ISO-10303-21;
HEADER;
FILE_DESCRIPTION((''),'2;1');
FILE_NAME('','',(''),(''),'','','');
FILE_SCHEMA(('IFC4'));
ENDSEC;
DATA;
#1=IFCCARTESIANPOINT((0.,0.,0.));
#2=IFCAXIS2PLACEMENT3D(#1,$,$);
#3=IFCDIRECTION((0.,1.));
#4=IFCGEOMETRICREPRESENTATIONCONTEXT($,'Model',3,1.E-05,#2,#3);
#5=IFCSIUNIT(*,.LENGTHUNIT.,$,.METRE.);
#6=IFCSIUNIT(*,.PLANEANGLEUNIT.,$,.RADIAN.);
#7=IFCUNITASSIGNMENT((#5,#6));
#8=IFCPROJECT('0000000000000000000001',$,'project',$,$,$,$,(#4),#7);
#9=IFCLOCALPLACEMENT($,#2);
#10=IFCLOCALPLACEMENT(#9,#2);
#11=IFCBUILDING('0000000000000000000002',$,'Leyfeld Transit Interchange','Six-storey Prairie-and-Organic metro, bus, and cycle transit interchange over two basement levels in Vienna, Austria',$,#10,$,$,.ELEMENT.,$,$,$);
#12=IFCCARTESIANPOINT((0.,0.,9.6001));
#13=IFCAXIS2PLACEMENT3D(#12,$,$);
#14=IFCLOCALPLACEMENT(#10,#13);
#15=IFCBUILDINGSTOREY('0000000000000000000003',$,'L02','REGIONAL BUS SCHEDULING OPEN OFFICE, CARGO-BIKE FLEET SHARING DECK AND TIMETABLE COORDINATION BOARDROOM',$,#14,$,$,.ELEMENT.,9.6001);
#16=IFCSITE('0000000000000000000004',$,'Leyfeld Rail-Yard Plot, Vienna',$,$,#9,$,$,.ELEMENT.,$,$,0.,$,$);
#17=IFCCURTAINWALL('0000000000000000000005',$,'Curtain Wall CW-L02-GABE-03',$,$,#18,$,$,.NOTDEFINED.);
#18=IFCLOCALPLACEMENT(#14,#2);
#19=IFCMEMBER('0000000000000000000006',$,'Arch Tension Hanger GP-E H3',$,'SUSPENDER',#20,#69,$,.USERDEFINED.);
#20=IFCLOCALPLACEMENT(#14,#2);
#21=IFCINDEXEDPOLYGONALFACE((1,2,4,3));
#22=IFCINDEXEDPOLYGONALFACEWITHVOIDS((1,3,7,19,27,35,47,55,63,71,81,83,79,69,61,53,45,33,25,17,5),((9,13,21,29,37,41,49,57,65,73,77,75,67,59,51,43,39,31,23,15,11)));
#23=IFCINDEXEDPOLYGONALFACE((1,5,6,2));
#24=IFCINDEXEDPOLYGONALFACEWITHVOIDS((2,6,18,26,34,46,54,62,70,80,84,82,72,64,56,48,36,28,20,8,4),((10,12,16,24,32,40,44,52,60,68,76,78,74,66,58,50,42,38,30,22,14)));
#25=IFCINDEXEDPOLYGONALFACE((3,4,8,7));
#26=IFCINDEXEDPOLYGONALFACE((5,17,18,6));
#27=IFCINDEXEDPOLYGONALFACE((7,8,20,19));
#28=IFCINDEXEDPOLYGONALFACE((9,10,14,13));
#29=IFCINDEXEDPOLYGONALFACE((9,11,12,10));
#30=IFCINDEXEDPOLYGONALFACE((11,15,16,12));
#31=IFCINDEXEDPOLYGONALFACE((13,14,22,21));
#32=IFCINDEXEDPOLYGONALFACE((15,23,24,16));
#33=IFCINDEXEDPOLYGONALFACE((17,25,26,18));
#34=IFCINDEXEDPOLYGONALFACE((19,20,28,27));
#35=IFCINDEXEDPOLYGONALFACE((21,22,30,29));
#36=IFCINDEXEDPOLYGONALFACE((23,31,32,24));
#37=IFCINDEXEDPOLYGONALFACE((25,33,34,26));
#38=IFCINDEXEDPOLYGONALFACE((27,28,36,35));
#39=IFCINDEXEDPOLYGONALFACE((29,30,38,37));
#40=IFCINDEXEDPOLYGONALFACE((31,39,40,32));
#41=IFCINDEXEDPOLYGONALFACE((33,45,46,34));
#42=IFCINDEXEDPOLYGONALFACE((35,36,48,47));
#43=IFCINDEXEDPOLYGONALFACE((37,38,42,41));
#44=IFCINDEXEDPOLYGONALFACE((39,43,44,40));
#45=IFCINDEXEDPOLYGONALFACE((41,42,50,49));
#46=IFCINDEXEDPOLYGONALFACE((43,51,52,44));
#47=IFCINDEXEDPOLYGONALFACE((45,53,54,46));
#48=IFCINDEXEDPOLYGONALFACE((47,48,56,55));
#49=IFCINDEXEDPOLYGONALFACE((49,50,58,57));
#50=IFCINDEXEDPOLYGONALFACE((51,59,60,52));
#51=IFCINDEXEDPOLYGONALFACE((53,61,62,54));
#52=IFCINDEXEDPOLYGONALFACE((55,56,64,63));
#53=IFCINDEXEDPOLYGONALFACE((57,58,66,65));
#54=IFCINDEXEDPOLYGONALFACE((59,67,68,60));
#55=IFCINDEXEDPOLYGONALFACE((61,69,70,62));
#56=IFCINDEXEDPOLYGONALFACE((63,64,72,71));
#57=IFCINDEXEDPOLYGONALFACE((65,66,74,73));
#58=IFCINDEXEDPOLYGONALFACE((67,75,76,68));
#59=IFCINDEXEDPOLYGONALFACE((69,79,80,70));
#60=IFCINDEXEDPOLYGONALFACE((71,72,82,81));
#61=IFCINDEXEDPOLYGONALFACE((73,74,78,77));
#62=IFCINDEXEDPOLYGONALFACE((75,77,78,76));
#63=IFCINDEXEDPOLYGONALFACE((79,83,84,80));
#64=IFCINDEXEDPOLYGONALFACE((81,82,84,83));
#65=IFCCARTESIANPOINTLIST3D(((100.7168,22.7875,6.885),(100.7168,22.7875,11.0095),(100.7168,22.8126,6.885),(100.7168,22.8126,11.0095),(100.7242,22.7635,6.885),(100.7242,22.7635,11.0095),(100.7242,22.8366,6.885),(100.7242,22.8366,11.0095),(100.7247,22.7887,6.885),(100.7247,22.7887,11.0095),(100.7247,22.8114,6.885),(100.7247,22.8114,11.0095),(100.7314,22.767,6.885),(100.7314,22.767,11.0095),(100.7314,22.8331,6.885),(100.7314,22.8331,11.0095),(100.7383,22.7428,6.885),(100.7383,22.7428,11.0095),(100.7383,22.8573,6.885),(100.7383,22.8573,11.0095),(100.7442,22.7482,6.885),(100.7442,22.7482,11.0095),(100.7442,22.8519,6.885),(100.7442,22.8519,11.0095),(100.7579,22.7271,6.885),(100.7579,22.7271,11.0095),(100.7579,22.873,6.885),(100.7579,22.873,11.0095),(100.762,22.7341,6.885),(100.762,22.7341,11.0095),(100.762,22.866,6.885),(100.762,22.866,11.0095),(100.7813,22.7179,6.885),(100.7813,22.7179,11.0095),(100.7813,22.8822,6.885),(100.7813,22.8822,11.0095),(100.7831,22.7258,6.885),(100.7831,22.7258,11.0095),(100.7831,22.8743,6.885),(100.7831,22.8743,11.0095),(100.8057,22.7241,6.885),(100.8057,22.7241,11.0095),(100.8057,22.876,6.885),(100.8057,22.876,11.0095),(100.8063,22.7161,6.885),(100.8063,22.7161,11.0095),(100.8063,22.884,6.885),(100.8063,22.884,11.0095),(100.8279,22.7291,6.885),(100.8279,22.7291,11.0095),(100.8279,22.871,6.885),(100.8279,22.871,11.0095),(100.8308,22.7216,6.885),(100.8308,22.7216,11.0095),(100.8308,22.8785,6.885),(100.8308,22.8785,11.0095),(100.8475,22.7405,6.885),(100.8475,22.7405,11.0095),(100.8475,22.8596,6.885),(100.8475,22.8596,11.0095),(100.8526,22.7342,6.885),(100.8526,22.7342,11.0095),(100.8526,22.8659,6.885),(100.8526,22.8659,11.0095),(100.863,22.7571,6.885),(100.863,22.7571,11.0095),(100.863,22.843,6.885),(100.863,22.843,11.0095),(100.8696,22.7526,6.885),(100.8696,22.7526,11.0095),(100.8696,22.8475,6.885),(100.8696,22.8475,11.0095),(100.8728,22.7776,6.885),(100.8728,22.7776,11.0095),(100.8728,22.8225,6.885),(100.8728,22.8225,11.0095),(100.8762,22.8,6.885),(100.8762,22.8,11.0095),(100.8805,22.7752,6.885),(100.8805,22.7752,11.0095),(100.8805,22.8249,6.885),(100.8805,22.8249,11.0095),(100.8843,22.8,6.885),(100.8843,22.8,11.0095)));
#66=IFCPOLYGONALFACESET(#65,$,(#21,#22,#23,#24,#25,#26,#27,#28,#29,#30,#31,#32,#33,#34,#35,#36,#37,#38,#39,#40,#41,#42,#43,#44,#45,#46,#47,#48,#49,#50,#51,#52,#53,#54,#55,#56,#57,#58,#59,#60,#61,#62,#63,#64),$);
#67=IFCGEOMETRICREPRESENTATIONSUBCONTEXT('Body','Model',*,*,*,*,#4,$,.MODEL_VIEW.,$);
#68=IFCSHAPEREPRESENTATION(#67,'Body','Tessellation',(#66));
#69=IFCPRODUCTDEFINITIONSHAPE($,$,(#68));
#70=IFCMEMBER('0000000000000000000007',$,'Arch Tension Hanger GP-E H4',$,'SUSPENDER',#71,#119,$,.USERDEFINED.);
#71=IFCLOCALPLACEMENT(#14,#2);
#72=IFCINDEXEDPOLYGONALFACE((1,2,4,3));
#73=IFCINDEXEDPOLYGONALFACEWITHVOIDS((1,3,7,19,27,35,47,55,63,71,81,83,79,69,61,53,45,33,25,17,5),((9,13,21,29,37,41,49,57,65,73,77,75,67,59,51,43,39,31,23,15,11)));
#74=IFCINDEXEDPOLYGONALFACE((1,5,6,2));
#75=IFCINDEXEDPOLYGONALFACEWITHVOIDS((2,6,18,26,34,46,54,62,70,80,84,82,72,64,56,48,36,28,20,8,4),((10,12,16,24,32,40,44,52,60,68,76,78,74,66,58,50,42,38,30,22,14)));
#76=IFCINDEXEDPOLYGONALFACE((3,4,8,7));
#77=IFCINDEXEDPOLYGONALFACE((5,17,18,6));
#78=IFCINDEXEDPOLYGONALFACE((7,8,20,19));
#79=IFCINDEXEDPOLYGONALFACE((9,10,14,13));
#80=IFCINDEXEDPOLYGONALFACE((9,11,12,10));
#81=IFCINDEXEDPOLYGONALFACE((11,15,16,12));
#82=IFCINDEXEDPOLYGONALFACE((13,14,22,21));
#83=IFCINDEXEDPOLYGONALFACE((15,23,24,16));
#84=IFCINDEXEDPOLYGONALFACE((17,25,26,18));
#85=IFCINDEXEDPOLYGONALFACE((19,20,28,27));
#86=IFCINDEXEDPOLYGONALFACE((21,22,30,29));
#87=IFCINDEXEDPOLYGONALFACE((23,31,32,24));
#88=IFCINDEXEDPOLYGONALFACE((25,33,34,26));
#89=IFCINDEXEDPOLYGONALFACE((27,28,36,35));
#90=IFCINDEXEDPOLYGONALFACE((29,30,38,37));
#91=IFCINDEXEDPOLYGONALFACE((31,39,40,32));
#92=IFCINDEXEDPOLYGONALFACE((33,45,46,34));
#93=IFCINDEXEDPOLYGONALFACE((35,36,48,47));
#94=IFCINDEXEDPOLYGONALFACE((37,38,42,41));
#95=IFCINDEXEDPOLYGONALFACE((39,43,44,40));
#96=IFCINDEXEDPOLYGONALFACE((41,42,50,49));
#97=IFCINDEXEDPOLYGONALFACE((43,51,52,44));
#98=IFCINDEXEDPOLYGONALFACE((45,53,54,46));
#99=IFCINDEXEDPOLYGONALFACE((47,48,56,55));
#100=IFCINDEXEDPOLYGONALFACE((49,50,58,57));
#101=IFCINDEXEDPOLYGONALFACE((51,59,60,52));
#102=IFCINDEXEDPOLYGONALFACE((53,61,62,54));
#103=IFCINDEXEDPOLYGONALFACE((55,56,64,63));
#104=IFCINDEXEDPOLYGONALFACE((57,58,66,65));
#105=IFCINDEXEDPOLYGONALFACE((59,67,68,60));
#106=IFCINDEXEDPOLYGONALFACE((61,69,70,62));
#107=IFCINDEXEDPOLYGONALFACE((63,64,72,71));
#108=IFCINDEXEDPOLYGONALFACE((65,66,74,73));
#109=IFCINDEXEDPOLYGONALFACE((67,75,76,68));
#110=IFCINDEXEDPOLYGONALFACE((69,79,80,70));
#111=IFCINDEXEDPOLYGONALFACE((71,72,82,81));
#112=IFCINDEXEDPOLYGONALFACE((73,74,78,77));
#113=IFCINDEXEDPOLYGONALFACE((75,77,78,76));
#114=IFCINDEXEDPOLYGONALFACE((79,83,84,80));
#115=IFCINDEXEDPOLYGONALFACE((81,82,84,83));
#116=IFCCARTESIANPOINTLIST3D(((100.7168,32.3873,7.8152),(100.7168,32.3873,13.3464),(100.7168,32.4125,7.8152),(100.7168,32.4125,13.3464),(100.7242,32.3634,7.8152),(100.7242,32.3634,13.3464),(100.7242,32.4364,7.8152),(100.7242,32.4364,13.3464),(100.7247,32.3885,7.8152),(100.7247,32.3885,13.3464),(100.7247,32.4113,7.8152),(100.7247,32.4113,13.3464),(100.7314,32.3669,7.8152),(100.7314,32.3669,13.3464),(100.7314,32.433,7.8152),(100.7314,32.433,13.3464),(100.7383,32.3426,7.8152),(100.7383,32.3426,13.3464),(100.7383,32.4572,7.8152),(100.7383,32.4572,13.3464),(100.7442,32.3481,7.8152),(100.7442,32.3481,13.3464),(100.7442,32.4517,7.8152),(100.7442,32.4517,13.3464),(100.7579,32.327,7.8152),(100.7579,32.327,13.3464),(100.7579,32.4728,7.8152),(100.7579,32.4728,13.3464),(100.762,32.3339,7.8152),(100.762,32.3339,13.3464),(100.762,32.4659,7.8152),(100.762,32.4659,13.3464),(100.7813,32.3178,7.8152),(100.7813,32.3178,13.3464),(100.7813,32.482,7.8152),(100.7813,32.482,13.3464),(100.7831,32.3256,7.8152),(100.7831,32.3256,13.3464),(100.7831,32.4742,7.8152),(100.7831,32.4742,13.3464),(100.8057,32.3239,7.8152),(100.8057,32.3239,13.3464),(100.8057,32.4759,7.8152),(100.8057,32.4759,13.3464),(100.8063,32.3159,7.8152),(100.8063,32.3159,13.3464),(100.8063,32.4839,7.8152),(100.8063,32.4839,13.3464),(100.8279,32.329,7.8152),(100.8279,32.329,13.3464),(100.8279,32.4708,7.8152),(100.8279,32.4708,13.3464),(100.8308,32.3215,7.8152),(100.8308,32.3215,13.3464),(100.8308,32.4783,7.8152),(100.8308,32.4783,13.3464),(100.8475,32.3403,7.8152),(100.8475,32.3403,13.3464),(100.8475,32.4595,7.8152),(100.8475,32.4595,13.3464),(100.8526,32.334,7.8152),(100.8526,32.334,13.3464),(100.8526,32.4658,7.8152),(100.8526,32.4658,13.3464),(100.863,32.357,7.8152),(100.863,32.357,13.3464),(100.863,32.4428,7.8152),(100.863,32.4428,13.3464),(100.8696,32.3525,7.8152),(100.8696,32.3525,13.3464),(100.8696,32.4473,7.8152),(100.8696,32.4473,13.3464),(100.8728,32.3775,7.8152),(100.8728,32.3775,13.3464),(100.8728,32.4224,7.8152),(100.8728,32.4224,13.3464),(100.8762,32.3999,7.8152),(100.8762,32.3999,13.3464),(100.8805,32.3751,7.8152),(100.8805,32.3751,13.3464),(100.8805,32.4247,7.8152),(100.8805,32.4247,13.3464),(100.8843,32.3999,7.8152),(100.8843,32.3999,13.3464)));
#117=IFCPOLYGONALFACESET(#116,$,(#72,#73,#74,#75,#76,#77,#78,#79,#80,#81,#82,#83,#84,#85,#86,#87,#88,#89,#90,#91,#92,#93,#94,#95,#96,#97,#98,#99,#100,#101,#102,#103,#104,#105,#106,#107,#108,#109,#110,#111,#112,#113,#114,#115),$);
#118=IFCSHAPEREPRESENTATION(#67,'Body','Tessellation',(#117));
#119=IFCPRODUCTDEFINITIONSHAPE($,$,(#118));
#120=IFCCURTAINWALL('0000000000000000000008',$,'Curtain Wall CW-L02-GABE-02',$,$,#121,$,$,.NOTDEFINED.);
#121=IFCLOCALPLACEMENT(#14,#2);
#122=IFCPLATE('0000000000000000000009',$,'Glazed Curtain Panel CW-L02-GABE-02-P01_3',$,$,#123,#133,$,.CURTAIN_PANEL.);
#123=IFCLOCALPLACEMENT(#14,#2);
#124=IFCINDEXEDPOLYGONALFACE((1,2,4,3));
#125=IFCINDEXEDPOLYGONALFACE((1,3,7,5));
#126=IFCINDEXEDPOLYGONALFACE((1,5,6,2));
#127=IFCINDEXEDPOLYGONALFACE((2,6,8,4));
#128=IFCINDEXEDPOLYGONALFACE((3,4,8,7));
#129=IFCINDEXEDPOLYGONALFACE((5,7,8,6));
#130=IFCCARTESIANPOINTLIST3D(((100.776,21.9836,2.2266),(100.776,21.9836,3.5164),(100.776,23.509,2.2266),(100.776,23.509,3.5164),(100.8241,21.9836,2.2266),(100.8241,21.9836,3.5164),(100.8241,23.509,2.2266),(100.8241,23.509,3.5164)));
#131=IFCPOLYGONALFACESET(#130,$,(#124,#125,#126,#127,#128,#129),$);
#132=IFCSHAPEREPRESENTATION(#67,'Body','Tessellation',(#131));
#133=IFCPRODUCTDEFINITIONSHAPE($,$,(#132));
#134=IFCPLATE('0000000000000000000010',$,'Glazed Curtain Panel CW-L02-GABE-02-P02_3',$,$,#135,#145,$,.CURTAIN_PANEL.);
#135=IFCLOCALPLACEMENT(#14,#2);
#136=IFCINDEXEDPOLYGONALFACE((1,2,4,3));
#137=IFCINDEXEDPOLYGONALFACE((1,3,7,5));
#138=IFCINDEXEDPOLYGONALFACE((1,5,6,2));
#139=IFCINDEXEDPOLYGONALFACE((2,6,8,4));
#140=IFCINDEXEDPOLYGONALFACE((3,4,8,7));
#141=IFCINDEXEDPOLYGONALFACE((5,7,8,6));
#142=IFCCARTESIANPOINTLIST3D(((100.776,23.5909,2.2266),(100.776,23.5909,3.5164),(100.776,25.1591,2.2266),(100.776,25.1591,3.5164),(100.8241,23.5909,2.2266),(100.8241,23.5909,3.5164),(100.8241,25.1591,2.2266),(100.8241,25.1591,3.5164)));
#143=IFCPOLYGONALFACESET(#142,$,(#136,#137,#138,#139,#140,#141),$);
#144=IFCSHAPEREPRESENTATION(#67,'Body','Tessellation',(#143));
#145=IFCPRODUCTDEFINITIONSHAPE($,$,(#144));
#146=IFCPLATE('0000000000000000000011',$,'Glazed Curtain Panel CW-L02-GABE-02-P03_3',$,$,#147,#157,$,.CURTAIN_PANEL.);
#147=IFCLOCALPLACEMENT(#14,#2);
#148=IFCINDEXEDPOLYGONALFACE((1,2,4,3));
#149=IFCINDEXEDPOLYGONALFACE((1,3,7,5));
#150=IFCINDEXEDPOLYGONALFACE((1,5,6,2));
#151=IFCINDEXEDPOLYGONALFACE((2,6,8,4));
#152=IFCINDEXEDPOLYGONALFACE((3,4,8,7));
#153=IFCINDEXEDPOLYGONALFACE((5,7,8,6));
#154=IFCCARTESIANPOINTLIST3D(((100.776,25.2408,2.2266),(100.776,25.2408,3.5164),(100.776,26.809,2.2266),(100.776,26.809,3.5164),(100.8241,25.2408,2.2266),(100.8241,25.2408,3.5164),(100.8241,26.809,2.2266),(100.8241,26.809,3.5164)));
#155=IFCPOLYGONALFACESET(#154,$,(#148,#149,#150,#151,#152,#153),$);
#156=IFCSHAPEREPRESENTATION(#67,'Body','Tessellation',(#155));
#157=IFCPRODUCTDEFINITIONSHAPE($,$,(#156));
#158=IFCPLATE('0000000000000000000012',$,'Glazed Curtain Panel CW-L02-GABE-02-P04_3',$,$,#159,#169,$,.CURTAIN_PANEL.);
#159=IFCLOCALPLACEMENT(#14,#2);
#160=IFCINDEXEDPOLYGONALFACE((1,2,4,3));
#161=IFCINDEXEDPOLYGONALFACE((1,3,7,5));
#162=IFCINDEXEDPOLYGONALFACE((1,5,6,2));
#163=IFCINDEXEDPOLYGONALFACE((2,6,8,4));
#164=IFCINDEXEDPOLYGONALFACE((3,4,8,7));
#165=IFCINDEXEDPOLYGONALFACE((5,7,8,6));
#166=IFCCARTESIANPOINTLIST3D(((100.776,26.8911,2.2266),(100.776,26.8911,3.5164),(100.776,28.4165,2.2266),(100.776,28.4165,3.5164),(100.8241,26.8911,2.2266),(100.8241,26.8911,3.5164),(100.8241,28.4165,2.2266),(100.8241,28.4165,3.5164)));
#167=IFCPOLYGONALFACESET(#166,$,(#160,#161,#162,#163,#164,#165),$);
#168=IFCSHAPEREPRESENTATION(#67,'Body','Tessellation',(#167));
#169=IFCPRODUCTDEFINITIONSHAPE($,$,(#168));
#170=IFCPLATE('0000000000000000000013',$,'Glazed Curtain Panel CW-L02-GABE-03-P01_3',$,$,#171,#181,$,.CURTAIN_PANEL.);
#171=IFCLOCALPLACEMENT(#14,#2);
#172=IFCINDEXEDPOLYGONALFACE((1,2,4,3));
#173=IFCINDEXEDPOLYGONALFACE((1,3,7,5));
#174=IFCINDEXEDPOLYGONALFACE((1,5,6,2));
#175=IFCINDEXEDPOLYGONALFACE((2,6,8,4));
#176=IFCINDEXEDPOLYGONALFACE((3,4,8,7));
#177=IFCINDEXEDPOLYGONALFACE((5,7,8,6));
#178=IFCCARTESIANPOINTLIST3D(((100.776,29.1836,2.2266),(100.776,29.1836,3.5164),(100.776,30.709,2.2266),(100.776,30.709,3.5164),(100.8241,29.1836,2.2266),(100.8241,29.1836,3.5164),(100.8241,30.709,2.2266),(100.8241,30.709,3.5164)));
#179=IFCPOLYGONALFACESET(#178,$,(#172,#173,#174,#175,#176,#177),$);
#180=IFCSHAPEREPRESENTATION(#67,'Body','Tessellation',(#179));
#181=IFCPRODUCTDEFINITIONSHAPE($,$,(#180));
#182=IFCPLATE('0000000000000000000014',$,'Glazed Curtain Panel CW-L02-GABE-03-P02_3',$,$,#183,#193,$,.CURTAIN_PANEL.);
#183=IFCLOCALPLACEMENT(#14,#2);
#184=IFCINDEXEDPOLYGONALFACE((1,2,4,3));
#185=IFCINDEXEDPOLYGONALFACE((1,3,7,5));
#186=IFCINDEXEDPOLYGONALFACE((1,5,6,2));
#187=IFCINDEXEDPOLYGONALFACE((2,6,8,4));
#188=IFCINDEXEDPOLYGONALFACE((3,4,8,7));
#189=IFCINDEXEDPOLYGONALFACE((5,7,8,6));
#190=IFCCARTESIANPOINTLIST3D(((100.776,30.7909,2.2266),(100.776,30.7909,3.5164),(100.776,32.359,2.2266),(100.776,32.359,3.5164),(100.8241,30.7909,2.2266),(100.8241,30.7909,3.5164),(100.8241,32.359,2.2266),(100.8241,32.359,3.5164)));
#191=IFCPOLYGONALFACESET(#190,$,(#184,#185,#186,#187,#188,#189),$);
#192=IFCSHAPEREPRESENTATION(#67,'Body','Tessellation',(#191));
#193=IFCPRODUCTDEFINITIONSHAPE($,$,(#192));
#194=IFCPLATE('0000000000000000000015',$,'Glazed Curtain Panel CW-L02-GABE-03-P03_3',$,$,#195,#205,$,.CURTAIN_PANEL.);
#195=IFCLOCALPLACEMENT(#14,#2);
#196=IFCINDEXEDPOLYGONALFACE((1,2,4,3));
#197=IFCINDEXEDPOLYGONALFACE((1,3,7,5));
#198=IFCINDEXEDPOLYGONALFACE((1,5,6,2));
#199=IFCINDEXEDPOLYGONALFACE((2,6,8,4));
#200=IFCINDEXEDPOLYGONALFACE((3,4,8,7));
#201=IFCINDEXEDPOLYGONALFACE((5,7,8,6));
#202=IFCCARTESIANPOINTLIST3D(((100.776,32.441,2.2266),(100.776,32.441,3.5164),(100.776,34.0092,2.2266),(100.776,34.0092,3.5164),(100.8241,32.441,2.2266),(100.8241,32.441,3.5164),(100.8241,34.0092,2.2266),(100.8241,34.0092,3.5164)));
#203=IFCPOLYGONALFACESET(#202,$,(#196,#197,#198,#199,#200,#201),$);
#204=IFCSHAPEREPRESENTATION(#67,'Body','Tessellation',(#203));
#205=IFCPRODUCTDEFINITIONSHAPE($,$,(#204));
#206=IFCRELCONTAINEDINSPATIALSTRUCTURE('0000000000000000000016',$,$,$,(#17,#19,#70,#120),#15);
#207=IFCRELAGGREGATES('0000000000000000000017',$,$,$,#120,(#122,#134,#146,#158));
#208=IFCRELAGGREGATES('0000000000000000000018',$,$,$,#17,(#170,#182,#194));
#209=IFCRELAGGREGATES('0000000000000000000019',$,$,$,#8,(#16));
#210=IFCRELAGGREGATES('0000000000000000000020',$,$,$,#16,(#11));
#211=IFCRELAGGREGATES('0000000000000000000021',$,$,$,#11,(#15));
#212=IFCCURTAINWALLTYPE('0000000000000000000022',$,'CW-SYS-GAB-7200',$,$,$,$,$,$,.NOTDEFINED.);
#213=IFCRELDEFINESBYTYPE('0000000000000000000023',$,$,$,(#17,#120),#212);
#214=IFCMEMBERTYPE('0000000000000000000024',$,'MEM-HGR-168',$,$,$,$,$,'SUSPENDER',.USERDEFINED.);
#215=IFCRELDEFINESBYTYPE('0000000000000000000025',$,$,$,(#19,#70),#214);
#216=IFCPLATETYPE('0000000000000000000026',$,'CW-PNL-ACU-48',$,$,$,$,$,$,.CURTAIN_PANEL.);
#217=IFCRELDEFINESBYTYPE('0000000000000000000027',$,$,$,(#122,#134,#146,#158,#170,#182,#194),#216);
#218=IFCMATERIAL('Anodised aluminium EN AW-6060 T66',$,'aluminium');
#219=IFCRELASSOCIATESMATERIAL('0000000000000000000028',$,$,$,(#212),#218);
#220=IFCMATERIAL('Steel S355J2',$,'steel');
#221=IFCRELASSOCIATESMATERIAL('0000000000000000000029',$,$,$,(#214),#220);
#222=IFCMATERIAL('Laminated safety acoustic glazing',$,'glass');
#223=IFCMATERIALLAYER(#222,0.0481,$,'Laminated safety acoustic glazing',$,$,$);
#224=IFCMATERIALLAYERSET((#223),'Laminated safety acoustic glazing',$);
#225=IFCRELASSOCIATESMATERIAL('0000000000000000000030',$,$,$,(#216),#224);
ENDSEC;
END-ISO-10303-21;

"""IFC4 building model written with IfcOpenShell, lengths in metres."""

from ifc_helpers import new_model, si_unit, direction, frame, origin, origin_2d, place, context, subcontext, project, spatial, rectangle, hollow_circle, extrude, material, layer, layer_set, material_profile, profile_set, type_object, element, aggregate, save


model = new_model("IFC4")

# Units and contexts
model_context = context("Model", 3, precision=1e-05, world=origin(), true_north=direction((0.0, 1.0)))
body_context = subcontext(model_context, "Body", "Model", "MODEL_VIEW")
ifc_project = project(units=[si_unit("LENGTHUNIT", "METRE"), si_unit("PLANEANGLEUNIT", "RADIAN")], contexts=[model_context])

# Site, building, storey
site_placement = place(None, origin())
site = spatial("IfcSite", under=ifc_project, at=site_placement, Name="Leyfeld Rail-Yard Plot, Vienna", CompositionType="ELEMENT", RefElevation=0.0)
building_placement = place(site_placement, origin())
building = spatial("IfcBuilding", under=site, at=building_placement, Name="Leyfeld Transit Interchange", Description="Six-storey Prairie-and-Organic metro, bus, and cycle transit interchange over two basement levels in Vienna, Austria", CompositionType="ELEMENT")
storey_placement = place(building_placement, frame((0.0, 0.0, 9.6001)))
storey = spatial("IfcBuildingStorey", under=building, at=storey_placement, Name="L02", Description="REGIONAL BUS SCHEDULING OPEN OFFICE, CARGO-BIKE FLEET SHARING DECK AND TIMETABLE COORDINATION BOARDROOM", CompositionType="ELEMENT", Elevation=9.6001)

# Curtain wall
ifc_material_1 = material(Name="Anodised aluminium EN AW-6060 T66", Category="aluminium")
curtain_wall_type = type_object("IfcCurtainWallType", Name="CW-SYS-GAB-7200", PredefinedType="NOTDEFINED", material=ifc_material_1)
curtain_wall_1_placement = place(storey_placement, origin())
curtain_wall_1 = element("IfcCurtainWall", 1, at=curtain_wall_1_placement, inside=storey, type_object=curtain_wall_type, Name="Curtain Wall CW-L02-GABE-03", PredefinedType="NOTDEFINED")

# Members
ifc_material_2 = material(Name="Steel S355J2", Category="steel")
ifc_material_profile_1 = material_profile(ifc_material_2, hollow_circle(Radius=0.0842, WallThickness=0.0081, at=origin_2d()), Name="CHS 168.3x8")
ifc_profile_set_1 = profile_set([ifc_material_profile_1], Name="Steel S355J2")
member_type_1 = type_object("IfcMemberType", Name="MEM-HGR-168", ElementType="SUSPENDER", PredefinedType="USERDEFINED", material=ifc_profile_set_1)
member_1_placement = place(storey_placement, frame((100.8, 22.8, 6.885), z_axis=(0.0, 0.0, 1.0), x_axis=(1.0, 0.0, 0.0)))
element("IfcMember", 2, at=member_1_placement, inside=storey, type_object=member_type_1, Name="Arch Tension Hanger GP-E H3", ObjectType="SUSPENDER", PredefinedType="USERDEFINED", context=body_context, shape_type="SweptSolid", body=[
    extrude(hollow_circle(Radius=0.0842, WallThickness=0.0081, at=origin_2d()), origin(), (0.0, 0.0, 1.0), 4.1245),
])
member_2_placement = place(storey_placement, frame((100.8, 32.3999, 7.8152), z_axis=(0.0, 0.0, 1.0), x_axis=(1.0, 0.0, 0.0)))
element("IfcMember", 3, at=member_2_placement, inside=storey, type_object=member_type_1, Name="Arch Tension Hanger GP-E H4", ObjectType="SUSPENDER", PredefinedType="USERDEFINED", context=body_context, shape_type="SweptSolid", body=[
    extrude(hollow_circle(Radius=0.0842, WallThickness=0.0081, at=origin_2d()), origin(), (0.0, 0.0, 1.0), 5.5312),
])

# Curtain wall, plates
curtain_wall_2_placement = place(storey_placement, origin())
curtain_wall_2 = element("IfcCurtainWall", 4, at=curtain_wall_2_placement, inside=storey, type_object=curtain_wall_type, Name="Curtain Wall CW-L02-GABE-02", PredefinedType="NOTDEFINED")
ifc_material_3 = material(Name="Laminated safety acoustic glazing", Category="glass")
ifc_layer_1 = layer(ifc_material_3, 0.0481, Name="Laminated safety acoustic glazing")
ifc_layer_set_1 = layer_set([ifc_layer_1], Name="Laminated safety acoustic glazing")
plate_type_1 = type_object("IfcPlateType", Name="CW-PNL-ACU-48", PredefinedType="CURTAIN_PANEL", material=ifc_layer_set_1)
plate_1_placement = place(storey_placement, frame((100.8, 22.7463, 2.2266), z_axis=(0.0, 0.0, 1.0), x_axis=(0.0, 1.0, 0.0)))
plate_1 = element("IfcPlate", 5, at=plate_1_placement, type_object=plate_type_1, Name="Glazed Curtain Panel CW-L02-GABE-02-P01_3", PredefinedType="CURTAIN_PANEL", context=body_context, shape_type="SweptSolid", body=[
    extrude(rectangle(XDim=1.5254, YDim=0.0481, at=origin_2d()), origin(), (0.0, 0.0, 1.0), 1.2898),
])
plate_2_placement = place(storey_placement, frame((100.8, 24.375, 2.2266), z_axis=(0.0, 0.0, 1.0), x_axis=(0.0, 1.0, 0.0)))
plate_2 = element("IfcPlate", 6, at=plate_2_placement, type_object=plate_type_1, Name="Glazed Curtain Panel CW-L02-GABE-02-P02_3", PredefinedType="CURTAIN_PANEL", context=body_context, shape_type="SweptSolid", body=[
    extrude(rectangle(XDim=1.5681, YDim=0.0481, at=origin_2d()), origin(), (0.0, 0.0, 1.0), 1.2898),
])
plate_3_placement = place(storey_placement, frame((100.8, 26.0249, 2.2266), z_axis=(0.0, 0.0, 1.0), x_axis=(0.0, 1.0, 0.0)))
plate_3 = element("IfcPlate", 7, at=plate_3_placement, type_object=plate_type_1, Name="Glazed Curtain Panel CW-L02-GABE-02-P03_3", PredefinedType="CURTAIN_PANEL", context=body_context, shape_type="SweptSolid", body=[
    extrude(rectangle(XDim=1.5681, YDim=0.0481, at=origin_2d()), origin(), (0.0, 0.0, 1.0), 1.2898),
])
plate_4_placement = place(storey_placement, frame((100.8, 27.6538, 2.2266), z_axis=(0.0, 0.0, 1.0), x_axis=(0.0, 1.0, 0.0)))
plate_4 = element("IfcPlate", 8, at=plate_4_placement, type_object=plate_type_1, Name="Glazed Curtain Panel CW-L02-GABE-02-P04_3", PredefinedType="CURTAIN_PANEL", context=body_context, shape_type="SweptSolid", body=[
    extrude(rectangle(XDim=1.5254, YDim=0.0481, at=origin_2d()), origin(), (0.0, 0.0, 1.0), 1.2898),
])
aggregate(curtain_wall_2, [plate_1, plate_2, plate_3, plate_4])

# Plates
plate_5_placement = place(storey_placement, frame((100.8, 29.9463, 2.2266), z_axis=(0.0, 0.0, 1.0), x_axis=(0.0, 1.0, 0.0)))
plate_5 = element("IfcPlate", 9, at=plate_5_placement, type_object=plate_type_1, Name="Glazed Curtain Panel CW-L02-GABE-03-P01_3", PredefinedType="CURTAIN_PANEL", context=body_context, shape_type="SweptSolid", body=[
    extrude(rectangle(XDim=1.5254, YDim=0.0481, at=origin_2d()), origin(), (0.0, 0.0, 1.0), 1.2898),
])
plate_6_placement = place(storey_placement, frame((100.8, 31.575, 2.2266), z_axis=(0.0, 0.0, 1.0), x_axis=(0.0, 1.0, 0.0)))
plate_6 = element("IfcPlate", 10, at=plate_6_placement, type_object=plate_type_1, Name="Glazed Curtain Panel CW-L02-GABE-03-P02_3", PredefinedType="CURTAIN_PANEL", context=body_context, shape_type="SweptSolid", body=[
    extrude(rectangle(XDim=1.5681, YDim=0.0481, at=origin_2d()), origin(), (0.0, 0.0, 1.0), 1.2898),
])
plate_7_placement = place(storey_placement, frame((100.8, 33.2251, 2.2266), z_axis=(0.0, 0.0, 1.0), x_axis=(0.0, 1.0, 0.0)))
plate_7 = element("IfcPlate", 11, at=plate_7_placement, type_object=plate_type_1, Name="Glazed Curtain Panel CW-L02-GABE-03-P03_3", PredefinedType="CURTAIN_PANEL", context=body_context, shape_type="SweptSolid", body=[
    extrude(rectangle(XDim=1.5681, YDim=0.0481, at=origin_2d()), origin(), (0.0, 0.0, 1.0), 1.2898),
])
aggregate(curtain_wall_1, [plate_5, plate_6, plate_7])

save(model, "model.ifc")
